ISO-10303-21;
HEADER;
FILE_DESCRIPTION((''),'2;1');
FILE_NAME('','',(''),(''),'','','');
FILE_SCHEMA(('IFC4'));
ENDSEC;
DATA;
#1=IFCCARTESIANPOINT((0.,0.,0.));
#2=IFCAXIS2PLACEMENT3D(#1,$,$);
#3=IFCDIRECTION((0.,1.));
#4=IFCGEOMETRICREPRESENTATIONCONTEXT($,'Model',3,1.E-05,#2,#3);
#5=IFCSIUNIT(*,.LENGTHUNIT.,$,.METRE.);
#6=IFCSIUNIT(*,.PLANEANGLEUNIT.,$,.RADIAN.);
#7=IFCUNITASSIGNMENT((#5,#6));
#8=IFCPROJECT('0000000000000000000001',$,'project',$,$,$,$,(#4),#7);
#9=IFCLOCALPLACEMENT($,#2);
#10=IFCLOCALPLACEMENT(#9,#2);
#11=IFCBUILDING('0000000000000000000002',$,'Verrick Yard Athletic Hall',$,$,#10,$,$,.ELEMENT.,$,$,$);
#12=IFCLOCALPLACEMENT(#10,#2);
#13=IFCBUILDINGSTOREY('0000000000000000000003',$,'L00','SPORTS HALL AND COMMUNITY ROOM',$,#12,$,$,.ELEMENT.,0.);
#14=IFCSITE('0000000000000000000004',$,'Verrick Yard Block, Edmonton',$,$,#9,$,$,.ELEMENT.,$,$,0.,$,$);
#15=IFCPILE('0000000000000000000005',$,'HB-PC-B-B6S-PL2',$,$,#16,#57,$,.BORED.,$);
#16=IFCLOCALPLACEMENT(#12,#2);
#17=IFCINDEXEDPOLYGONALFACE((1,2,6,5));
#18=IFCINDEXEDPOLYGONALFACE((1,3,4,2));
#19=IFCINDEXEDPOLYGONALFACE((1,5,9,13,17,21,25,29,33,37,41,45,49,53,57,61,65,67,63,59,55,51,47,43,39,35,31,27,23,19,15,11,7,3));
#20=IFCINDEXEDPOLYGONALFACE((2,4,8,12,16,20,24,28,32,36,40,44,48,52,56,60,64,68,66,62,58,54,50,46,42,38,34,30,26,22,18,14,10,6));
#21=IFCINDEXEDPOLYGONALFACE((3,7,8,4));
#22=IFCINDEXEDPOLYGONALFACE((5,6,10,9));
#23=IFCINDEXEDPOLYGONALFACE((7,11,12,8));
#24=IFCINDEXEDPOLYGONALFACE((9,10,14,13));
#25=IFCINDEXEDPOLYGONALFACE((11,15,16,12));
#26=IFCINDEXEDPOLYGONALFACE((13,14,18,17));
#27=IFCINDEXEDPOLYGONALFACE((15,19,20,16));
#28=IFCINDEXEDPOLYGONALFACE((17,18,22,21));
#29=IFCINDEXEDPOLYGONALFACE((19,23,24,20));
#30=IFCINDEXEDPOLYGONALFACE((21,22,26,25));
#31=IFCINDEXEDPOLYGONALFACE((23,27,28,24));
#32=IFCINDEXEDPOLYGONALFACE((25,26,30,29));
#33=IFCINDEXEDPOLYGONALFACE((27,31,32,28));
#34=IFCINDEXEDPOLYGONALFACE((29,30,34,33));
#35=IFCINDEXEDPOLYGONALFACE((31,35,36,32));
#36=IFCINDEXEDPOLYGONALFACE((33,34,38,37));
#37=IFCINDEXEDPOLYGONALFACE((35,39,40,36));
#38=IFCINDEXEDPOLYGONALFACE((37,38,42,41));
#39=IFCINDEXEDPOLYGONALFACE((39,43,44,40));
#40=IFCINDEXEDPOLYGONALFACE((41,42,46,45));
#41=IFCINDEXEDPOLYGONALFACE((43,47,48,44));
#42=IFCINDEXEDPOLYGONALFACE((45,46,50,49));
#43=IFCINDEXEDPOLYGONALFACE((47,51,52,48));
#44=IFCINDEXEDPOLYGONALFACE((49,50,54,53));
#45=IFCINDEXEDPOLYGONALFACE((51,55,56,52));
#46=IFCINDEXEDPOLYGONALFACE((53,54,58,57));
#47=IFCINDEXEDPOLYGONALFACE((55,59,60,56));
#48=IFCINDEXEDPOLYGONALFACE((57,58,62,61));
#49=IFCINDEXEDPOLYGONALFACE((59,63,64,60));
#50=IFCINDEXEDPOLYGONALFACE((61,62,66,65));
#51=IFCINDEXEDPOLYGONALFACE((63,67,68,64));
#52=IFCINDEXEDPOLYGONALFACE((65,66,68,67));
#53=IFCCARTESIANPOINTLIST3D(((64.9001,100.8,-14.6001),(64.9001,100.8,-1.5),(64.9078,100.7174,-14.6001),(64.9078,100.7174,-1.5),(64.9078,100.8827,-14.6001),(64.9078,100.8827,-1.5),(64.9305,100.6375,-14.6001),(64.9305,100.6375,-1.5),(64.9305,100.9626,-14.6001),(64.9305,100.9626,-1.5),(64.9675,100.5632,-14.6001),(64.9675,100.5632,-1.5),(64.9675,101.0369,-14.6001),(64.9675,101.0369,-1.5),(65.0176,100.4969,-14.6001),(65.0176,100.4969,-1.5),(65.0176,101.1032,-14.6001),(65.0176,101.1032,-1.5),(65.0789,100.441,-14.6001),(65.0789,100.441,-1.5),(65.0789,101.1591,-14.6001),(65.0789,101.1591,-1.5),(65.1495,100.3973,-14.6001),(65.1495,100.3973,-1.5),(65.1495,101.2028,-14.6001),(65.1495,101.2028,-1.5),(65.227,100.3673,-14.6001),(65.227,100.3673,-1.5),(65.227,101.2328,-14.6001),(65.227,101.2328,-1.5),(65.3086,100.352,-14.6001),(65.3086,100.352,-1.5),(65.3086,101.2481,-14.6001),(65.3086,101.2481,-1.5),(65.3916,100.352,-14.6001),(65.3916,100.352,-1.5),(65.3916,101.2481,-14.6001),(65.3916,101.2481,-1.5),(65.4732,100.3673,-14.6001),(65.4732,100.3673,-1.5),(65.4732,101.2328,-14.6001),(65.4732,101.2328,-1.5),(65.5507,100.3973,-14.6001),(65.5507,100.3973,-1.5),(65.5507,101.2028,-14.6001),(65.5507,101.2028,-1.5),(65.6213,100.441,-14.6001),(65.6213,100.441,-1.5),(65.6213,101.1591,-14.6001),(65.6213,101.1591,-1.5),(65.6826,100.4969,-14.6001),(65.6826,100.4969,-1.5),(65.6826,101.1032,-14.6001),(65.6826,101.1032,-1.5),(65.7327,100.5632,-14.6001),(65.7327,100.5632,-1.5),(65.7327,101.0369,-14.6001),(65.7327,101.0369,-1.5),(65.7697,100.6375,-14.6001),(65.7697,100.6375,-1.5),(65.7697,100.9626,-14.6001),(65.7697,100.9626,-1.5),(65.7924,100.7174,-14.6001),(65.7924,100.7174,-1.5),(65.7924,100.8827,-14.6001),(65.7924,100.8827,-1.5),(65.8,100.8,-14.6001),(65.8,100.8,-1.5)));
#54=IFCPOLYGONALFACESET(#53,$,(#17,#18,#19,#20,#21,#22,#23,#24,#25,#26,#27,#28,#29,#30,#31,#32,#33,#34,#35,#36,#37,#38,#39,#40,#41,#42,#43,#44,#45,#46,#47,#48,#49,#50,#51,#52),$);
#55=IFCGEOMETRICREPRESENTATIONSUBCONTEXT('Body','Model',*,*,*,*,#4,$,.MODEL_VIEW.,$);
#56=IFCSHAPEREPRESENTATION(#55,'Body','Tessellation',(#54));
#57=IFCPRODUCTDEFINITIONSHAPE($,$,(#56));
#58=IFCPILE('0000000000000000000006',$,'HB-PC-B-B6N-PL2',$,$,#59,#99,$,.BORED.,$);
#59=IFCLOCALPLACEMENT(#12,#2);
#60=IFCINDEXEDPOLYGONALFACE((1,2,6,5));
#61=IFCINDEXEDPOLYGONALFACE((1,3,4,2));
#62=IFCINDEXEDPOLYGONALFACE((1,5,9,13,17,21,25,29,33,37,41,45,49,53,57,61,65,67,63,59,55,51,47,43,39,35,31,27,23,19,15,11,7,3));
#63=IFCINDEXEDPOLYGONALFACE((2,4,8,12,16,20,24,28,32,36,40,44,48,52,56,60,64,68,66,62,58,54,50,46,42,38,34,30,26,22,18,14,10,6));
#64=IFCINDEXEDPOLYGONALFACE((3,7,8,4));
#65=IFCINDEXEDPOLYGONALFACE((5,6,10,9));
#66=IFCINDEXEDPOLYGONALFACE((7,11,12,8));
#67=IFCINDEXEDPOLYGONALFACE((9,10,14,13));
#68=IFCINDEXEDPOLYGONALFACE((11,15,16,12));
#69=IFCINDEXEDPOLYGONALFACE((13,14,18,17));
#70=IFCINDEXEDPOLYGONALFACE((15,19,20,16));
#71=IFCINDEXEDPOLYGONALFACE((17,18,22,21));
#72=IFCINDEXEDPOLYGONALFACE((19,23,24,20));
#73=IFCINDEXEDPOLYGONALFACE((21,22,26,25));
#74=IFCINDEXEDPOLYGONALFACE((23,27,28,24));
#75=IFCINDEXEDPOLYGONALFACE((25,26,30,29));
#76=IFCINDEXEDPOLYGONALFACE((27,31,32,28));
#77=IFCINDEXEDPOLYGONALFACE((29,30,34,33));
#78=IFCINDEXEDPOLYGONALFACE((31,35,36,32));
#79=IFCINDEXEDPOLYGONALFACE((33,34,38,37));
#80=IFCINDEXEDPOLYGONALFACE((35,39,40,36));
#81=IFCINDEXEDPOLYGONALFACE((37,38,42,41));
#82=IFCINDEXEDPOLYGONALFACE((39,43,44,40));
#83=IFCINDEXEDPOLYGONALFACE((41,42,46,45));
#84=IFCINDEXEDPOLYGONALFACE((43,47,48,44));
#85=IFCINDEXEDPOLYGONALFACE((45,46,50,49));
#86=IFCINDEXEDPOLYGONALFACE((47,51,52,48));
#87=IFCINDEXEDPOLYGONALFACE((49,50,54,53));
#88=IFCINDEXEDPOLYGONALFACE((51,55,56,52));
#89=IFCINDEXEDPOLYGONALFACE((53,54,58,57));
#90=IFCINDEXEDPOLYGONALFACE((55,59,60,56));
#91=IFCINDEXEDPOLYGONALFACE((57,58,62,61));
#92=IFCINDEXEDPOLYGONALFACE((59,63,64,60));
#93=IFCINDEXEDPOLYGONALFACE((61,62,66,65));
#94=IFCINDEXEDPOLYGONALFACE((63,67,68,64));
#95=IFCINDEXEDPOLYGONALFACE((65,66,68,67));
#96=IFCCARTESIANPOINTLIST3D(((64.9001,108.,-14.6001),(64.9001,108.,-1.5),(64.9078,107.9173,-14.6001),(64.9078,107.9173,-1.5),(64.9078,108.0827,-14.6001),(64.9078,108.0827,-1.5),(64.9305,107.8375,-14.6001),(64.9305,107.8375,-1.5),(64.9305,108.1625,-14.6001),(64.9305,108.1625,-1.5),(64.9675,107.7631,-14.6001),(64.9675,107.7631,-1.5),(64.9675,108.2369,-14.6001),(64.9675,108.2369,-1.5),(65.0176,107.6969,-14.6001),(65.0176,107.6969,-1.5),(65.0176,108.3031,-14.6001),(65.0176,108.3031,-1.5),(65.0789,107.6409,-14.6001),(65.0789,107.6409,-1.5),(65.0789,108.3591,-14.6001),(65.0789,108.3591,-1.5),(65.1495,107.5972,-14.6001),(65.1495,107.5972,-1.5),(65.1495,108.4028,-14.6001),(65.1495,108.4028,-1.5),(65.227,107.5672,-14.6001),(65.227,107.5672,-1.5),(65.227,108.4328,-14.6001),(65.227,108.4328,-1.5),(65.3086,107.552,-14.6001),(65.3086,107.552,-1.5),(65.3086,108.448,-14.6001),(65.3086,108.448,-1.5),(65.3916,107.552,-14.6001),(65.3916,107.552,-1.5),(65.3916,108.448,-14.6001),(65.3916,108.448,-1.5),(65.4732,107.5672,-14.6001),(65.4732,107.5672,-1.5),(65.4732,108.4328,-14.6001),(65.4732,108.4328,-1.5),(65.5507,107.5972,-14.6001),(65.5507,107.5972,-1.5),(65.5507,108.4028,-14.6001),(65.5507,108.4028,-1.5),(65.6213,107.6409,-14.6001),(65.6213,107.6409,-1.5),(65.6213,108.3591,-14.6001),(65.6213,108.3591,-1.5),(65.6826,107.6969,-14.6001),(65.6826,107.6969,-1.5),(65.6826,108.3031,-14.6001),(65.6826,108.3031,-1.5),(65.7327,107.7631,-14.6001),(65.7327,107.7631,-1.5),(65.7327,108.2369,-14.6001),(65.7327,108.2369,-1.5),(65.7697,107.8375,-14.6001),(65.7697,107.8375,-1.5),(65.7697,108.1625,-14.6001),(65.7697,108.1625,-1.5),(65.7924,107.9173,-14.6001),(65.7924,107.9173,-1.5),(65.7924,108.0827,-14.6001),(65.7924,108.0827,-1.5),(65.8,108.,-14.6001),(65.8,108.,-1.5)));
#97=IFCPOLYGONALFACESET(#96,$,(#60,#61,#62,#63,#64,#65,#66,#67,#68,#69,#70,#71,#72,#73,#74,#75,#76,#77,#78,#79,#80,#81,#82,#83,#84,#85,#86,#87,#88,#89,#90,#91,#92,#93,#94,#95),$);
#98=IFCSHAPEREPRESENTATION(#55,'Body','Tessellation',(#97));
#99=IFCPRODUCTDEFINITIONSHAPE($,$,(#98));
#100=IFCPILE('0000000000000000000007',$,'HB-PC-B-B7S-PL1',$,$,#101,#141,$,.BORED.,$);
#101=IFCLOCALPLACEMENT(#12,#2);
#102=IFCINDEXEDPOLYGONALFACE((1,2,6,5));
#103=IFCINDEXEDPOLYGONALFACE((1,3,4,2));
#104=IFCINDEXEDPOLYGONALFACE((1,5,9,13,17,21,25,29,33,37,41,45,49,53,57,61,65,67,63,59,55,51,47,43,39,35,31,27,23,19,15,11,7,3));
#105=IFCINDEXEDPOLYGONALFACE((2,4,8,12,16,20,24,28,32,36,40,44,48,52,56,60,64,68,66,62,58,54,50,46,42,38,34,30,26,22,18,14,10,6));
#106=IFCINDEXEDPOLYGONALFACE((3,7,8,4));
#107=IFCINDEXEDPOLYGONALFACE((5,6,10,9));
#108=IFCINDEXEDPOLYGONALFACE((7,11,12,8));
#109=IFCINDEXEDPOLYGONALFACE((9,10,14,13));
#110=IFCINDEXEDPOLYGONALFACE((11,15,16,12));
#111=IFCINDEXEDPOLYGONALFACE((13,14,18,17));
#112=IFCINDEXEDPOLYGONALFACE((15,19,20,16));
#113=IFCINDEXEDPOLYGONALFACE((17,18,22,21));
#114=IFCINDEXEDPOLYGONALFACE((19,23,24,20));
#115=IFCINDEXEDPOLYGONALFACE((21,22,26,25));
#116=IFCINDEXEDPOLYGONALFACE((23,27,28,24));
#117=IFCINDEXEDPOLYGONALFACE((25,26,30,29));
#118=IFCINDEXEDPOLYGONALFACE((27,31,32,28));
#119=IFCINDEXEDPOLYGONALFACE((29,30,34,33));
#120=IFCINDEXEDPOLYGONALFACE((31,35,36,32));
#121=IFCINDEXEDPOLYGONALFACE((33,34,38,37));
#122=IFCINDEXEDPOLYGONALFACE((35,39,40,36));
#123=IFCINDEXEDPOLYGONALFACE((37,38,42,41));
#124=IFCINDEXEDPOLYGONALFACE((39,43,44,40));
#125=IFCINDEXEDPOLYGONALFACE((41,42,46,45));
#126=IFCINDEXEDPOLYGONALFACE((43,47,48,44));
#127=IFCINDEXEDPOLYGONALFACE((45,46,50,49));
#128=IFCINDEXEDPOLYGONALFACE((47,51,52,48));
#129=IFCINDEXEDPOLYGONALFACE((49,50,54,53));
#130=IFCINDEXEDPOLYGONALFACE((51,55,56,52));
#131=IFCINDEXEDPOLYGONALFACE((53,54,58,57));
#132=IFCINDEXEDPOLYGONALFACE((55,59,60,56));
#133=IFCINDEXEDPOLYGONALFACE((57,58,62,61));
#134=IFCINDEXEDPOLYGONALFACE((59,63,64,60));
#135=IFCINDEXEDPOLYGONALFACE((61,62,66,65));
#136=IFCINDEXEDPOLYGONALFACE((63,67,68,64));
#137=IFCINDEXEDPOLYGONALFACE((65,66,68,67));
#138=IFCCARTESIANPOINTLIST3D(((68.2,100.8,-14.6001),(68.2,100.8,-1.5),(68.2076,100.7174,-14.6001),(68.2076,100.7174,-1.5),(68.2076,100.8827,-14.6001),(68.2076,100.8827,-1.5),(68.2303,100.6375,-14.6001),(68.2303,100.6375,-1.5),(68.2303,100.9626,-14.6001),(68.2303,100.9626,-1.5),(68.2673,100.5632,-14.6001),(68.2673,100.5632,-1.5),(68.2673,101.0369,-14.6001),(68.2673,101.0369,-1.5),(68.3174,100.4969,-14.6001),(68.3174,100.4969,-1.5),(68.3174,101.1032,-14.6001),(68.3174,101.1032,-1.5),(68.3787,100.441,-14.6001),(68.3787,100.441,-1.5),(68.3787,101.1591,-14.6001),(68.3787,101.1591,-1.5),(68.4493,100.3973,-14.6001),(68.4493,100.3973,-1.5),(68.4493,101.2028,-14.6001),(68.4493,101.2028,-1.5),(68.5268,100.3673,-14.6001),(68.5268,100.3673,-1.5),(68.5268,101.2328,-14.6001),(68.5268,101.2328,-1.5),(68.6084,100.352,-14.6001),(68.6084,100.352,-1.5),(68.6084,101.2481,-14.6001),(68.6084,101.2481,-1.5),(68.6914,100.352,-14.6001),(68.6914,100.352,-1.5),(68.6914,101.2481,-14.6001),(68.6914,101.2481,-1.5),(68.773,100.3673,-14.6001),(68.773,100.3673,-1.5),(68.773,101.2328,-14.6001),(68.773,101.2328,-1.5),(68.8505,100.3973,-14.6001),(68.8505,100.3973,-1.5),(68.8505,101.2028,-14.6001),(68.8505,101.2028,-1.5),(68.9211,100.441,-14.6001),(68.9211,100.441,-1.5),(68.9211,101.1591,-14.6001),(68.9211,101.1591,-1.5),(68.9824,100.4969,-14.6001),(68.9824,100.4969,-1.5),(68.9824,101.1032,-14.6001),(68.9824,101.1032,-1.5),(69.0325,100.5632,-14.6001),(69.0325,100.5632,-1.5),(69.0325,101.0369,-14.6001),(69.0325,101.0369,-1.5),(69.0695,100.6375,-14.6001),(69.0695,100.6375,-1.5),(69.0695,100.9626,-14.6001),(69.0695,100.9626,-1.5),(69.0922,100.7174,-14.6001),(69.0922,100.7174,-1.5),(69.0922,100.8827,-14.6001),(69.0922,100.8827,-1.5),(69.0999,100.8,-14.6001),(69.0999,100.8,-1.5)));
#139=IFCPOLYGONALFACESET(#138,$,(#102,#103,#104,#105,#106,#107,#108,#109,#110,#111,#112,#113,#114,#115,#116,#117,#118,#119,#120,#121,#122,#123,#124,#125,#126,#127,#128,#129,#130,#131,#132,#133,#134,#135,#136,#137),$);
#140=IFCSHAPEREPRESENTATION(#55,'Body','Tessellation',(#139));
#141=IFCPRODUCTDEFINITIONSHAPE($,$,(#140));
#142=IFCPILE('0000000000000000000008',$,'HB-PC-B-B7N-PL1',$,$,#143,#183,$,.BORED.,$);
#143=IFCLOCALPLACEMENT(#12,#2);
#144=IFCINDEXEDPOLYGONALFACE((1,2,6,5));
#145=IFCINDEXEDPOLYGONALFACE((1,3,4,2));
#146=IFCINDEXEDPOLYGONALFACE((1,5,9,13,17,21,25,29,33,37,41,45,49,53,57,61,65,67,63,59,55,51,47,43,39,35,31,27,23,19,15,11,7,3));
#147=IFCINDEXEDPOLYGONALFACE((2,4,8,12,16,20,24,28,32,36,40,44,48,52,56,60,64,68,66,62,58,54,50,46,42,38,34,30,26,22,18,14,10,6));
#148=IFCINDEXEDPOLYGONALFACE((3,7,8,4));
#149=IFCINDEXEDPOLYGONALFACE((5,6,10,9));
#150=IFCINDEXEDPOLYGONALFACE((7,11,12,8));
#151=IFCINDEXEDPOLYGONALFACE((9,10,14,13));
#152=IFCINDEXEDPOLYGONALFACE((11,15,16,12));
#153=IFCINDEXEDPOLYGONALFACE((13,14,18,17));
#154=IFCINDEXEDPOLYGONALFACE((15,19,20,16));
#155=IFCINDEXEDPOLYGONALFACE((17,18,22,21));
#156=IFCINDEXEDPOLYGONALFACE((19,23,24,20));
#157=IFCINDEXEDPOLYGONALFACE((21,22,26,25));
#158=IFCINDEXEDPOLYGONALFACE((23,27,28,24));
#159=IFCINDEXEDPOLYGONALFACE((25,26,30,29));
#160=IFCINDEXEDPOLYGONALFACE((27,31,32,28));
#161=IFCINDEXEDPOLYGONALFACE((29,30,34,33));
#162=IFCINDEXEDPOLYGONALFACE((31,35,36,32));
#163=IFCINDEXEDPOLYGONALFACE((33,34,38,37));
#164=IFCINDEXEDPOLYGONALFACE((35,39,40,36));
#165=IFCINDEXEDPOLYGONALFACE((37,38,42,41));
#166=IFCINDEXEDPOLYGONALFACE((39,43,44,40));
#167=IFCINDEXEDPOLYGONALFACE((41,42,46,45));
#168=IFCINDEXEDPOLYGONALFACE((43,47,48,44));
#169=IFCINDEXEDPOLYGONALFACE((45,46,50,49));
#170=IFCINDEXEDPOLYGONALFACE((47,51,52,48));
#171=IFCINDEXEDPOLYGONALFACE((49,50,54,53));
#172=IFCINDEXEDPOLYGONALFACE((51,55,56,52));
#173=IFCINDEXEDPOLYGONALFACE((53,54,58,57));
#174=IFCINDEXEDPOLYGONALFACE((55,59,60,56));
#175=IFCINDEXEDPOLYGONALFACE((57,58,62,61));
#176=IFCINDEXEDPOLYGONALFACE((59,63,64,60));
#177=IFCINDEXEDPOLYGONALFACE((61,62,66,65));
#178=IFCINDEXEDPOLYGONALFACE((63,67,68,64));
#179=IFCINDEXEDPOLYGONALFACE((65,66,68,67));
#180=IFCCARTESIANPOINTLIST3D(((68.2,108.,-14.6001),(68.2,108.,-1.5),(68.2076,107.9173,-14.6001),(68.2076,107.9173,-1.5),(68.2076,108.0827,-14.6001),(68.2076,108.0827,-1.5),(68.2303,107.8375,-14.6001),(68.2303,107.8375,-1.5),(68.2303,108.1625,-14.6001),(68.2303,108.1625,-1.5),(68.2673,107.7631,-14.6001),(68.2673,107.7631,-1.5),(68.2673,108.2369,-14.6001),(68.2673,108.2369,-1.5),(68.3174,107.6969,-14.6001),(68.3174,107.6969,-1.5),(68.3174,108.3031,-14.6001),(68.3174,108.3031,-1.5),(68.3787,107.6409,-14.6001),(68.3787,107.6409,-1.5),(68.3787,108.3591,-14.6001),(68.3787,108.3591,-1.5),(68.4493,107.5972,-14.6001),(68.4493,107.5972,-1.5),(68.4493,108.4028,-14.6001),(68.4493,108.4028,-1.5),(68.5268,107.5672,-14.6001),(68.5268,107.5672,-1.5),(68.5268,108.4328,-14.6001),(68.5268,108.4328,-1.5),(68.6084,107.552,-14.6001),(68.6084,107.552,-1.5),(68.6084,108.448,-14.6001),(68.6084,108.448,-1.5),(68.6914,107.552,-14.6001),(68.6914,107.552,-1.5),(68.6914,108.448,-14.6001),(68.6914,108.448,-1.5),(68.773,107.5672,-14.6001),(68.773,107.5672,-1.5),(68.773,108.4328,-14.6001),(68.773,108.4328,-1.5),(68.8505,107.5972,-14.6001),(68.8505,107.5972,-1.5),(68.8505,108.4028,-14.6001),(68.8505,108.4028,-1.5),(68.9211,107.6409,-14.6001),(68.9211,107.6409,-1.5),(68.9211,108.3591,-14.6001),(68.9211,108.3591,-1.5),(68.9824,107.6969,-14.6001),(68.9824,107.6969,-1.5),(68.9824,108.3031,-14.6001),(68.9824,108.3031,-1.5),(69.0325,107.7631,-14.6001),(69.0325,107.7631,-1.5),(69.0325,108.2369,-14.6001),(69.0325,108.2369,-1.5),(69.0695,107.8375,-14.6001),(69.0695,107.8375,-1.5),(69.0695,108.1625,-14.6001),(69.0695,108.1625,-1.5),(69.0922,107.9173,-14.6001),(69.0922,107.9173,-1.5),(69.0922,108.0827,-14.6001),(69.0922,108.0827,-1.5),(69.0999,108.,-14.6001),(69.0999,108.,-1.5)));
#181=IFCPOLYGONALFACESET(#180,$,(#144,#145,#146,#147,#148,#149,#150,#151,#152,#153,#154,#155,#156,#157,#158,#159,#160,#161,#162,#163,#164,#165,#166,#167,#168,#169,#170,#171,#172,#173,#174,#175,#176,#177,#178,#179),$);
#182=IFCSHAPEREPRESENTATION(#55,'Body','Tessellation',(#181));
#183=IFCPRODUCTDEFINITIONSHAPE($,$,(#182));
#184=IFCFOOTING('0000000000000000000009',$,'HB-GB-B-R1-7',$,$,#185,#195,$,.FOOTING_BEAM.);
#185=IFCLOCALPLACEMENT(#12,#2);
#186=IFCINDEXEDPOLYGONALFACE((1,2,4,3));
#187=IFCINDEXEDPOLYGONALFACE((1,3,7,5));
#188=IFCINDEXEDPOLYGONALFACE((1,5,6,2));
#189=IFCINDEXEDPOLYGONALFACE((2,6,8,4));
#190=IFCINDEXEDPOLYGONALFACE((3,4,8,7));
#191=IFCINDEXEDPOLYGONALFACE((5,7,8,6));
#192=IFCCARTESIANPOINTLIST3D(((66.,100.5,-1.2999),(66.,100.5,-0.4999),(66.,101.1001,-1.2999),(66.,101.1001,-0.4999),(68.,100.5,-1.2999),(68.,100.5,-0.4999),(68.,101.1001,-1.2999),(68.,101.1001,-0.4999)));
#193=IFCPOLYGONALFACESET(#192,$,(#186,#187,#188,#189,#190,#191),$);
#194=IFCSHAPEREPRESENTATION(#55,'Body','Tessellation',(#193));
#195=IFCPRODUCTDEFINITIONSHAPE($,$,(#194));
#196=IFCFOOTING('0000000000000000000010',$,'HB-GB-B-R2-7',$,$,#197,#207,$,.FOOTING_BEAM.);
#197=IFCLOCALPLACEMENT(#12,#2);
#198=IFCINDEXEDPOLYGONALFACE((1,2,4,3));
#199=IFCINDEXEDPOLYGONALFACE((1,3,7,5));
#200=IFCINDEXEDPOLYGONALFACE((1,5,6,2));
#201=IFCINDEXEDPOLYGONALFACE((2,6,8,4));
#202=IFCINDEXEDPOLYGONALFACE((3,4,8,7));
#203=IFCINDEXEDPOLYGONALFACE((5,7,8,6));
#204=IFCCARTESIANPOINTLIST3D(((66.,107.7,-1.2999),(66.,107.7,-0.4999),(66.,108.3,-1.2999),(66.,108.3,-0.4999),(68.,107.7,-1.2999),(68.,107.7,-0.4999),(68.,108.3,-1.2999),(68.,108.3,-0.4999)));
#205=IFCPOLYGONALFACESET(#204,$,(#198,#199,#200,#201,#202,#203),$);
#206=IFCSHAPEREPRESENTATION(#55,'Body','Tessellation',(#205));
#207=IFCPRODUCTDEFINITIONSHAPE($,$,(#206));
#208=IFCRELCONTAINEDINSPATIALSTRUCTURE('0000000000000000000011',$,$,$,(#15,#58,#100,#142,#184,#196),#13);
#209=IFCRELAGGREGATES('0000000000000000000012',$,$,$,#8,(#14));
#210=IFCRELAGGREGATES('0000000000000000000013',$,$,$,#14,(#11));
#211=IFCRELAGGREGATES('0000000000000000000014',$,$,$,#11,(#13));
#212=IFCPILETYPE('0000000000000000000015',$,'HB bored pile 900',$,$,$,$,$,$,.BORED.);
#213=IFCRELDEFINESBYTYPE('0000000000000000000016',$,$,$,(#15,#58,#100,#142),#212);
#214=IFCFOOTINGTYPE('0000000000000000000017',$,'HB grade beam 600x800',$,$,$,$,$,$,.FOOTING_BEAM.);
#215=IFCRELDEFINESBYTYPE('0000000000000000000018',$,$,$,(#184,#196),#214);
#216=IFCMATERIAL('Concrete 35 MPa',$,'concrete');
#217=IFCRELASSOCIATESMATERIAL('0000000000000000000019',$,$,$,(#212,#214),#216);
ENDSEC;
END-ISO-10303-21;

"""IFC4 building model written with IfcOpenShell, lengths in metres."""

from ifc_helpers import new_model, si_unit, direction, frame, origin, origin_2d, place, context, subcontext, project, spatial, rectangle, circle, extrude, material, material_profile, profile_set, type_object, element, save


model = new_model("IFC4")

# Units and contexts
model_context = context("Model", 3, precision=1e-05, world=origin(), true_north=direction((0.0, 1.0)))
body_context = subcontext(model_context, "Body", "Model", "MODEL_VIEW")
ifc_project = project(units=[si_unit("LENGTHUNIT", "METRE"), si_unit("PLANEANGLEUNIT", "RADIAN")], contexts=[model_context])

# Site, building, storey
site_placement = place(None, origin())
site = spatial("IfcSite", under=ifc_project, at=site_placement, Name="Verrick Yard Block, Edmonton", CompositionType="ELEMENT", RefElevation=0.0)
building_placement = place(site_placement, origin())
building = spatial("IfcBuilding", under=site, at=building_placement, Name="Verrick Yard Athletic Hall", CompositionType="ELEMENT")
storey_placement = place(building_placement, origin())
storey = spatial("IfcBuildingStorey", under=building, at=storey_placement, Name="L00", Description="SPORTS HALL AND COMMUNITY ROOM", CompositionType="ELEMENT", Elevation=0.0)

# Piles
ifc_material_1 = material(Name="Concrete 35 MPa", Category="concrete")
ifc_material_profile_1 = material_profile(ifc_material_1, circle(Radius=0.45, at=origin_2d()), Name="Bored pile 900")
ifc_profile_set_1 = profile_set([ifc_material_profile_1], Name="Concrete 35 MPa")
pile_type = type_object("IfcPileType", Name="HB bored pile 900", PredefinedType="BORED", material=ifc_profile_set_1)
for number, where, z_axis, x_axis, name in (
    (1, (65.3501, 100.8, -1.5), (0.0, 0.0, -1.0), (1.0, 0.0, 0.0), "HB-PC-B-B6S-PL2"),
    (2, (65.3501, 108.0, -1.5), (0.0, 0.0, -1.0), (1.0, 0.0, 0.0), "HB-PC-B-B6N-PL2"),
    (3, (68.6499, 100.8, -1.5), (0.0, 0.0, -1.0), (1.0, 0.0, 0.0), "HB-PC-B-B7S-PL1"),
    (4, (68.6499, 108.0, -1.5), (0.0, 0.0, -1.0), (1.0, 0.0, 0.0), "HB-PC-B-B7N-PL1"),
):
    element("IfcPile", number, at=place(storey_placement, frame(where, z_axis=z_axis, x_axis=x_axis)), inside=storey, type_object=pile_type, Name=name, PredefinedType="BORED", context=body_context, shape_type="SweptSolid", body=[
        extrude(circle(Radius=0.45, at=origin_2d()), origin(), (0.0, 0.0, 1.0), 13.1001),
    ])

# Footings
ifc_material_profile_2 = material_profile(ifc_material_1, rectangle(XDim=0.6001, YDim=0.8, at=origin_2d()), Name="Grade beam 600x800")
ifc_profile_set_2 = profile_set([ifc_material_profile_2], Name="Concrete 35 MPa")
footing_type = type_object("IfcFootingType", Name="HB grade beam 600x800", PredefinedType="FOOTING_BEAM", material=ifc_profile_set_2)
for number, where, z_axis, x_axis, name in (
    (5, (66.0, 100.8, -0.8999), (1.0, 0.0, 0.0), (0.0, 1.0, 0.0), "HB-GB-B-R1-7"),
    (6, (66.0, 108.0, -0.8999), (1.0, 0.0, 0.0), (0.0, 1.0, 0.0), "HB-GB-B-R2-7"),
):
    element("IfcFooting", number, at=place(storey_placement, frame(where, z_axis=z_axis, x_axis=x_axis)), inside=storey, type_object=footing_type, Name=name, PredefinedType="FOOTING_BEAM", context=body_context, shape_type="SweptSolid", body=[
        extrude(rectangle(XDim=0.6001, YDim=0.8, at=origin_2d()), origin(), (0.0, 0.0, 1.0), 2.0),
    ])

save(model, "model.ifc")
